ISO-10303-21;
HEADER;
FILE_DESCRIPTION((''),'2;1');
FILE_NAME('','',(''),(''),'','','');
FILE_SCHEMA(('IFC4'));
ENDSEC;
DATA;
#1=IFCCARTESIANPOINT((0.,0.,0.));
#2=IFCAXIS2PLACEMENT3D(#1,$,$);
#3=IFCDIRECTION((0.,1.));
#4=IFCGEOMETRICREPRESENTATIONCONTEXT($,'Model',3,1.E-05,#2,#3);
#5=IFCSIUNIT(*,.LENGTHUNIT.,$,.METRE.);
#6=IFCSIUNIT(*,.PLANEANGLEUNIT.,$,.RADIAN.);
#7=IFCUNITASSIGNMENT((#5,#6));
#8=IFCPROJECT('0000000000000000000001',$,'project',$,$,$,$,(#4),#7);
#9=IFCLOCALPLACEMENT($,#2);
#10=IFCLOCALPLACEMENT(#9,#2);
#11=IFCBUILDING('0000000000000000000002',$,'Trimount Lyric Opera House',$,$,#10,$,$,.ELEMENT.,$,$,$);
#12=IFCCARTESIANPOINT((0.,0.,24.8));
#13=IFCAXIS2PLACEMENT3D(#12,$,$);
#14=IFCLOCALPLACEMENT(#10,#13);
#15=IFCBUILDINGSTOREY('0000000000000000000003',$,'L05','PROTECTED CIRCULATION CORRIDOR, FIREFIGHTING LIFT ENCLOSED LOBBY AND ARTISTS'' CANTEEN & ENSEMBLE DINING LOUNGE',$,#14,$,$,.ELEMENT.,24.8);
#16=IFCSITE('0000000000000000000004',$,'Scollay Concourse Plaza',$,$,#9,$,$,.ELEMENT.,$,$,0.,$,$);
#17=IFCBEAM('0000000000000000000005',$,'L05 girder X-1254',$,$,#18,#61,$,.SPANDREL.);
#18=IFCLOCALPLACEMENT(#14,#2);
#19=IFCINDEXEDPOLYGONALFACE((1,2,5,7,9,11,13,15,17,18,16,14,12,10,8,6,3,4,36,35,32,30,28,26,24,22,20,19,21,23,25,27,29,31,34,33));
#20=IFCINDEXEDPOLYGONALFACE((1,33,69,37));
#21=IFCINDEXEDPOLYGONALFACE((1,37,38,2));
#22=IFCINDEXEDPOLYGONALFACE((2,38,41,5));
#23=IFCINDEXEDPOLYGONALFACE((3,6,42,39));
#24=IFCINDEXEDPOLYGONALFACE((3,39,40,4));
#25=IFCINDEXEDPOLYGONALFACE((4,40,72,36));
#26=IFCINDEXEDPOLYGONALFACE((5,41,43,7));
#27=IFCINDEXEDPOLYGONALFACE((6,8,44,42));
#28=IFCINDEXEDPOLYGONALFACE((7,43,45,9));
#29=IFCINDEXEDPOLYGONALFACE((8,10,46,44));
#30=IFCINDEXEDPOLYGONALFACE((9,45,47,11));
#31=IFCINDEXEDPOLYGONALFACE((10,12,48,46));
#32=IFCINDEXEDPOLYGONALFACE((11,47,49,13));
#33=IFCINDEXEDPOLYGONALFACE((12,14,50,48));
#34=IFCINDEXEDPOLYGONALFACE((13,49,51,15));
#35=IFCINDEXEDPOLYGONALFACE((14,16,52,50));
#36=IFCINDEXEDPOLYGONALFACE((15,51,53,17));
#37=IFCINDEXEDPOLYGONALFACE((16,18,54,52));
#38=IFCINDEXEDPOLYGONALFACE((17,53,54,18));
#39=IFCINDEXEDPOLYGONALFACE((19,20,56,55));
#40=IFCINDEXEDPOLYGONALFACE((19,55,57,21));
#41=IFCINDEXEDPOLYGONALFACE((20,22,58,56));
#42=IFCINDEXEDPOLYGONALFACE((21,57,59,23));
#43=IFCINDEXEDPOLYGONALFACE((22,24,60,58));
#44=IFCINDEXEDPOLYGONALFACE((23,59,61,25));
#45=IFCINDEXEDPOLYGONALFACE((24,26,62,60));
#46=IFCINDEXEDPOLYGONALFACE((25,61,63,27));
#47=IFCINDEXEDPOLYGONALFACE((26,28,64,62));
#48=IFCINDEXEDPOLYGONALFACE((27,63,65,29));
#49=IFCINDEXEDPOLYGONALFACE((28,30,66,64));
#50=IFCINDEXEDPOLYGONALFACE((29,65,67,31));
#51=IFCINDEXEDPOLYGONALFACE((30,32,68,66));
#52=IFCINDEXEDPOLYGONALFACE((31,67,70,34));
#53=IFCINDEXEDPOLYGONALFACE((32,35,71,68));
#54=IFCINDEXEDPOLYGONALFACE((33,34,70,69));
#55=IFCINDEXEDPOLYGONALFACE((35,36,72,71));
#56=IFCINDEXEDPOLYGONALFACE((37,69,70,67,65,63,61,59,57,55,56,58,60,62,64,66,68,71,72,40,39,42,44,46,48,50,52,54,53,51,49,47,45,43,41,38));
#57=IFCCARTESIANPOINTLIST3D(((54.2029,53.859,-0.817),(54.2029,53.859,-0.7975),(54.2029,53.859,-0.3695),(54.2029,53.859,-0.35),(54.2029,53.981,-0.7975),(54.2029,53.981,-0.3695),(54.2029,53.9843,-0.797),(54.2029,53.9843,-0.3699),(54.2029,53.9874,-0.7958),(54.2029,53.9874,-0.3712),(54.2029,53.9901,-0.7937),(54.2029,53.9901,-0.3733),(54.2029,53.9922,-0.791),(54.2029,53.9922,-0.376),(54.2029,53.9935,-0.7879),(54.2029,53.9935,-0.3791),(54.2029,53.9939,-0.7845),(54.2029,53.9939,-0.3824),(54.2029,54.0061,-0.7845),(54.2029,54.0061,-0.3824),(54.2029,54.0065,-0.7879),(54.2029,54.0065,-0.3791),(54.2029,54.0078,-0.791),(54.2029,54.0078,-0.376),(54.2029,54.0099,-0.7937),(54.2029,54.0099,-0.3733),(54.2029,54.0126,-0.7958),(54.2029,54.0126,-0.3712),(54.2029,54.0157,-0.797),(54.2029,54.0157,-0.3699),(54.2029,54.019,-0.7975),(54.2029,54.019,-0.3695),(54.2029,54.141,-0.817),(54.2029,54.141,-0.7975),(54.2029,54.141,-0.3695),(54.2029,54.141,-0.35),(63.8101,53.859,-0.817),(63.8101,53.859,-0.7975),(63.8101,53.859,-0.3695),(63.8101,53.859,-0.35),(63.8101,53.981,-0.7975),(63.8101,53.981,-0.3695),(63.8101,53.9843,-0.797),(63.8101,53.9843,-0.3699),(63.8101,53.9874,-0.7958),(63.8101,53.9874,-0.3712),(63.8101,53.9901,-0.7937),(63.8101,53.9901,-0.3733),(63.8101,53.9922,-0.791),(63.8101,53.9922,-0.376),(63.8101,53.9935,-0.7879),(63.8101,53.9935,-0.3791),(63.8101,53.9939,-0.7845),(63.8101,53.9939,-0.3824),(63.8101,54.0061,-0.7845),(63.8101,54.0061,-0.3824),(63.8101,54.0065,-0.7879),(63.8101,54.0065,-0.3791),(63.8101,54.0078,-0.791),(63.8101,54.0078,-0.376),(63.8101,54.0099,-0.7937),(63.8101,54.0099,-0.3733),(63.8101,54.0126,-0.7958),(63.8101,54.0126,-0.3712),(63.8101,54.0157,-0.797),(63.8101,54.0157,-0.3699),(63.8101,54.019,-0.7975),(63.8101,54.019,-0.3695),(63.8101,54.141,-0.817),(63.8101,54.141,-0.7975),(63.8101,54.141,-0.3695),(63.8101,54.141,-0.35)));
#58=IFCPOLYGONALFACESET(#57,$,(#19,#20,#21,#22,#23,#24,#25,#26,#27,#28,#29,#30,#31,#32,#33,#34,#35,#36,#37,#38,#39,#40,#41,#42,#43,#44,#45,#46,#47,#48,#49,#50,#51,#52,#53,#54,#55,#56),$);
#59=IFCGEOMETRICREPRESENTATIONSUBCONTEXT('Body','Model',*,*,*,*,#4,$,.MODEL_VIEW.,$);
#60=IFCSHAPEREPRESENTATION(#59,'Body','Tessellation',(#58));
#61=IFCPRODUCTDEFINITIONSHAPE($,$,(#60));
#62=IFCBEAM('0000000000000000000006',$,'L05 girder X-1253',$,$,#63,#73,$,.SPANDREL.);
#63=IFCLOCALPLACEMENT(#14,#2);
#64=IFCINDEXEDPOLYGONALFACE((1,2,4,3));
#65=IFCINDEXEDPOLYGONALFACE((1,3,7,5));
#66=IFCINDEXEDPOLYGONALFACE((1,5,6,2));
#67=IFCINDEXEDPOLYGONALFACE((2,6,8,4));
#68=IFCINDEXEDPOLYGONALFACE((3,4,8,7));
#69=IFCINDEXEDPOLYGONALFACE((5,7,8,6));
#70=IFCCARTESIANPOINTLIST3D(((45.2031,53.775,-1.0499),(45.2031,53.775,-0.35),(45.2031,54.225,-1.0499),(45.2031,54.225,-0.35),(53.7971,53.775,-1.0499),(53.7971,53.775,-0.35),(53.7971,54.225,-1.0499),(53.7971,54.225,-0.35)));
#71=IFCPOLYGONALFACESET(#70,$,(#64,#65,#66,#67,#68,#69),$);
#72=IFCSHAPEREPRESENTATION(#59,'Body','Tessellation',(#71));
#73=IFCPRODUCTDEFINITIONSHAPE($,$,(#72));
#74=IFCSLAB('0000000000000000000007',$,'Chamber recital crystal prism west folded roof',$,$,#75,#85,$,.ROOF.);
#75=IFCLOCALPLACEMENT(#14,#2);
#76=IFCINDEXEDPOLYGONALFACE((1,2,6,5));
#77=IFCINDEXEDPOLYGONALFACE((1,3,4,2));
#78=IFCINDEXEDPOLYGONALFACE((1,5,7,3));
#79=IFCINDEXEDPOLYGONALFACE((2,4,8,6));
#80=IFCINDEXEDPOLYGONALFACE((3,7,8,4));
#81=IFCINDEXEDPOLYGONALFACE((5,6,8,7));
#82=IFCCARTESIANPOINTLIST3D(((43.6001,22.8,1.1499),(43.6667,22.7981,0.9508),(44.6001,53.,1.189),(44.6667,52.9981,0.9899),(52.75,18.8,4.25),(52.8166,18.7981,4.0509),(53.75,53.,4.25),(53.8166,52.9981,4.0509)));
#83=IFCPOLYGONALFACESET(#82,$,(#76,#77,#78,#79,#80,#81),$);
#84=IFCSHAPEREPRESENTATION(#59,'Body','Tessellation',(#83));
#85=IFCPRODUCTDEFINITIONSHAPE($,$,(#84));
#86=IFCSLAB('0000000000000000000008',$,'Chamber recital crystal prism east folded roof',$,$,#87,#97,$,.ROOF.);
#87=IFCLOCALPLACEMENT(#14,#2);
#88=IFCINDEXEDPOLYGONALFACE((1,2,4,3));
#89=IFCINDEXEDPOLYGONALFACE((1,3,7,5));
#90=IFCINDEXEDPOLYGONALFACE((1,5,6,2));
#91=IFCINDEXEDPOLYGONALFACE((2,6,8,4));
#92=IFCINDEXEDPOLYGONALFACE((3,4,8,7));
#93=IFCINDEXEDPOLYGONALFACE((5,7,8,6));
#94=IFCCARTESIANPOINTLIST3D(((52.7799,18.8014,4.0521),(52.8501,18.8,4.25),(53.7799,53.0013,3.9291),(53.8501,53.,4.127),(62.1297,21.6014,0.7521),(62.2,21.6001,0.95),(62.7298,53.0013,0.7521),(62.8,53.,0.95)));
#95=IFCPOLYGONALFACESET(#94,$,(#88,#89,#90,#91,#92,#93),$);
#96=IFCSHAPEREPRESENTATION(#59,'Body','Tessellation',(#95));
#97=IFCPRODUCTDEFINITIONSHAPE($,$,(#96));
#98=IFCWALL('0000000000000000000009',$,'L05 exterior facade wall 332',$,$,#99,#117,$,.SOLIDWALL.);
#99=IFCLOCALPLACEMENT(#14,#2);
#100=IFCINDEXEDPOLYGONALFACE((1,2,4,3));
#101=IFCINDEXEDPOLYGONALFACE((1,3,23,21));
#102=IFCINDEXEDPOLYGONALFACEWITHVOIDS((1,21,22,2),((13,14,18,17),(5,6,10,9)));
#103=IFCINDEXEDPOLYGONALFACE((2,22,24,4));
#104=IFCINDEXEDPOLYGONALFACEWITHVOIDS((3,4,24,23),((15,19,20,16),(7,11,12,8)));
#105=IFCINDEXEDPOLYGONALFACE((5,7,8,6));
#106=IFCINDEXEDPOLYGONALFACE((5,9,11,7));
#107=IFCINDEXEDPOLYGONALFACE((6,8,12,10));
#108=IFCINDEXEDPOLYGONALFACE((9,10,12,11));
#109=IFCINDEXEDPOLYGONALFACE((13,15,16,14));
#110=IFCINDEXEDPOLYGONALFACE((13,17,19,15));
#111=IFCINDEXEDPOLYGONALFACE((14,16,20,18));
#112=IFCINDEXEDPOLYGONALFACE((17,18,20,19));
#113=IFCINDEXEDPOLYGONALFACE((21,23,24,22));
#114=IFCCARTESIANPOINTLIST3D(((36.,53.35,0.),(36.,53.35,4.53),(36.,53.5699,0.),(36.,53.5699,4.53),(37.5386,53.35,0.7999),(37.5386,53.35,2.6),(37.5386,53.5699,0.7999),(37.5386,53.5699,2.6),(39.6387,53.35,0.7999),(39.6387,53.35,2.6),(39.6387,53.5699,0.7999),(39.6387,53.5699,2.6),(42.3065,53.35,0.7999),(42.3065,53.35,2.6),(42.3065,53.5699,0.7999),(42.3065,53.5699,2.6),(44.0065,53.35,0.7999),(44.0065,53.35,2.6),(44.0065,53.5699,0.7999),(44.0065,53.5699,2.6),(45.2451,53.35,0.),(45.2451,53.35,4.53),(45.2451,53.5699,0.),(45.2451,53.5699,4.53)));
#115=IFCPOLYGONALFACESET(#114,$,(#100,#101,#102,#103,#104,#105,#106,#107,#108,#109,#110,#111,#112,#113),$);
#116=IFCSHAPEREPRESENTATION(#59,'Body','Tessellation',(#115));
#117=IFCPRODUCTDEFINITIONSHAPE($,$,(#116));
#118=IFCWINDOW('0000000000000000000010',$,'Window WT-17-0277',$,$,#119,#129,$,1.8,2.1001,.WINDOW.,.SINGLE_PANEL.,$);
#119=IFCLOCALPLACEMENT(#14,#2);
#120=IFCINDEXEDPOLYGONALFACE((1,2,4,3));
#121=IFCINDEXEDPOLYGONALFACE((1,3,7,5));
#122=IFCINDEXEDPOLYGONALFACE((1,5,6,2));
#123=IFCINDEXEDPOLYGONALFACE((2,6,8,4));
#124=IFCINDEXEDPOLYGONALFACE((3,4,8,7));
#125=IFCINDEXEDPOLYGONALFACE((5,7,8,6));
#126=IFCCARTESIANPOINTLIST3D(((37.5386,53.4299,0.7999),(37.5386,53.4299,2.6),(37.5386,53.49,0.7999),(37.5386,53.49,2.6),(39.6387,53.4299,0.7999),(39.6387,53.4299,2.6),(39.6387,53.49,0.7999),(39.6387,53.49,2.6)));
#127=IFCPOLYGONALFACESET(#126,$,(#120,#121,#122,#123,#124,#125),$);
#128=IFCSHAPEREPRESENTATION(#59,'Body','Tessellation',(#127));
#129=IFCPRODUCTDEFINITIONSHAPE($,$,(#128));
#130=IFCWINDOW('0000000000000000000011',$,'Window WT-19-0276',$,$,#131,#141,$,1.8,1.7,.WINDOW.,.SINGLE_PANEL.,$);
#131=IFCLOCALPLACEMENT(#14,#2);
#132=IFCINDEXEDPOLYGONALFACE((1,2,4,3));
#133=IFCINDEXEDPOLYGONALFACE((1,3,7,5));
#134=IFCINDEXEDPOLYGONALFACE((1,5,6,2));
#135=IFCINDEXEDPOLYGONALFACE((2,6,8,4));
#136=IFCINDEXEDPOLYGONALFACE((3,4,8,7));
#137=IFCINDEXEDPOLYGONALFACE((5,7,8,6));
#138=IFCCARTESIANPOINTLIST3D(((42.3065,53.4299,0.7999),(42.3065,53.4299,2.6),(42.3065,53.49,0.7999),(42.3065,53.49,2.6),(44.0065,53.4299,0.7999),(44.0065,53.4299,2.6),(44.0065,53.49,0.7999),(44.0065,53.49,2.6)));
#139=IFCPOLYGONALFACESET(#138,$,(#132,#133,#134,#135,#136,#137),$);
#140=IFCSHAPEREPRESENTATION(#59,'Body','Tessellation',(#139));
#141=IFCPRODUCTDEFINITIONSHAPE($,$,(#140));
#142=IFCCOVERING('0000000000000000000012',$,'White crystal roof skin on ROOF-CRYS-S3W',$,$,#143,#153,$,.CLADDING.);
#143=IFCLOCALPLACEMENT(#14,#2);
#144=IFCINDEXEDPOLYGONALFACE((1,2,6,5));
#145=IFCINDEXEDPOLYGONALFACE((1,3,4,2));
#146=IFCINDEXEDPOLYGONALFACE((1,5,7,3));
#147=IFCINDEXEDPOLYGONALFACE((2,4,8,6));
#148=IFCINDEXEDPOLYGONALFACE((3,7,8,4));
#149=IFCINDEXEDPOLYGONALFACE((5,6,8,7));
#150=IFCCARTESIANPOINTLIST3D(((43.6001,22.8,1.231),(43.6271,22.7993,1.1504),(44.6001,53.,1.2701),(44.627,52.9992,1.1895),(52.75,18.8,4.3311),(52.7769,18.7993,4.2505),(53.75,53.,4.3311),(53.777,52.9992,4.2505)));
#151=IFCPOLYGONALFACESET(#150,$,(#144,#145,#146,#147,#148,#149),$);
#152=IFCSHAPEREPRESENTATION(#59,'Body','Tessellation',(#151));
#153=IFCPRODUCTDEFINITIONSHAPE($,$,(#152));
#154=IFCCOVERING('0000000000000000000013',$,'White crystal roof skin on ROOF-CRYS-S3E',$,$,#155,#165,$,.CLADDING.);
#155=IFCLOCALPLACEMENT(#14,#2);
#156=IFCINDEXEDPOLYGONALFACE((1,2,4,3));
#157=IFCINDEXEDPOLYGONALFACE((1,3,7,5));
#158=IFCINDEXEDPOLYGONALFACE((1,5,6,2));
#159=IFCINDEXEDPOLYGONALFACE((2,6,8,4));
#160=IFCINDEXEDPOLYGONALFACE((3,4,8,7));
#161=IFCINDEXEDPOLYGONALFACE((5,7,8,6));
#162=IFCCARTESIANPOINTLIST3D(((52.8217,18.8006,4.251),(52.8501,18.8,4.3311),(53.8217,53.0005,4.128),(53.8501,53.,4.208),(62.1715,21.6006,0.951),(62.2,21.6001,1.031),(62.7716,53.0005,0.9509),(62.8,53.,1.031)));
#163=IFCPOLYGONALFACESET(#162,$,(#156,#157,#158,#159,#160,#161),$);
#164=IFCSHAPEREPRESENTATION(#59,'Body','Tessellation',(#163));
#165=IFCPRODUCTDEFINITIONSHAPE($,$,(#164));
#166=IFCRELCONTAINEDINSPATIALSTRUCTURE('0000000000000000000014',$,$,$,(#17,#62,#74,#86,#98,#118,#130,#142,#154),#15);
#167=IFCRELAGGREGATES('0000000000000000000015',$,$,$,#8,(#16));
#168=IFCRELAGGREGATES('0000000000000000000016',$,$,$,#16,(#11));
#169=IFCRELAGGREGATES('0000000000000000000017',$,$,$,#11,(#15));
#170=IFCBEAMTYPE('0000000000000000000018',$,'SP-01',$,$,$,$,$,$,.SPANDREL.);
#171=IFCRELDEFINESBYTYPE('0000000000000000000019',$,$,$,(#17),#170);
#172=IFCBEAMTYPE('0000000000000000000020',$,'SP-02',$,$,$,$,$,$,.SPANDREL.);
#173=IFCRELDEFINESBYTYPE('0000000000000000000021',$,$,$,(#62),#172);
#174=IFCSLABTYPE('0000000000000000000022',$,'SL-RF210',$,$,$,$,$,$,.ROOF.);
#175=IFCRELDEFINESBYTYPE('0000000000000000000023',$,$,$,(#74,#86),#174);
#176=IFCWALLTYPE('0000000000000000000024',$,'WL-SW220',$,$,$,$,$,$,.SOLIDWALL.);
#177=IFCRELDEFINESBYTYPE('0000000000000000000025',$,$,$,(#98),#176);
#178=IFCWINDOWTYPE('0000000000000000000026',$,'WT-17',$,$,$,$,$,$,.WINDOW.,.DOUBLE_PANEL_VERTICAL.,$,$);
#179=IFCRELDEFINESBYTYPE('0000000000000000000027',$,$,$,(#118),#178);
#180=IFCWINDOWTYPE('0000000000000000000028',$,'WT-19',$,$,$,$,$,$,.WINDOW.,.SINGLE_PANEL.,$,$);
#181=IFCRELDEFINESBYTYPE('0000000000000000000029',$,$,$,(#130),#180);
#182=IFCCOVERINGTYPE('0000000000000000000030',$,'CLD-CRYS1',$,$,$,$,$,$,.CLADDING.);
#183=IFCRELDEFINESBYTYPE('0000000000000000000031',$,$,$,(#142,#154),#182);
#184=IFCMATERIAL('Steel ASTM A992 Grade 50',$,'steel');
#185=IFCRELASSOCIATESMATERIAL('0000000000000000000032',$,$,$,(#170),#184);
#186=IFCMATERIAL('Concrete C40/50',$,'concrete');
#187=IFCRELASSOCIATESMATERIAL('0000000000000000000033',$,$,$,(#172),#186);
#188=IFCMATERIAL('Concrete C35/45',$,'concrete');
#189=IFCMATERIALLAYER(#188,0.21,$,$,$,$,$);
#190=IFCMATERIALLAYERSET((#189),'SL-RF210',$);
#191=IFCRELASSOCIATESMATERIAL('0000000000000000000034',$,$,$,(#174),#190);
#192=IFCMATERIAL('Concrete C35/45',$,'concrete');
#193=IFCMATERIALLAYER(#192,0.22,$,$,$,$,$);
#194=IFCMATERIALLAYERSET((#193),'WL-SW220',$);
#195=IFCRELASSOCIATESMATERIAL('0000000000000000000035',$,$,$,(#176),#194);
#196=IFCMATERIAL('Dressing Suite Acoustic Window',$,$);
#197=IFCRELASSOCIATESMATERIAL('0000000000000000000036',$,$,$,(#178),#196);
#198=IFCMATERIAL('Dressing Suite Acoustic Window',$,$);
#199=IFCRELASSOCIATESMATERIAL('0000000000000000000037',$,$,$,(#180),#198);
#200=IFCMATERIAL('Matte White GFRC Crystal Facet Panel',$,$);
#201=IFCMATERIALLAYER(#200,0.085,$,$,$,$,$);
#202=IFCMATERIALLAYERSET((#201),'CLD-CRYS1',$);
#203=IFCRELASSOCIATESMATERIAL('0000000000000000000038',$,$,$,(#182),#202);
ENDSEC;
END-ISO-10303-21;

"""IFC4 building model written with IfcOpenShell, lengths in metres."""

from ifc_helpers import new_model, si_unit, direction, frame, frame_2d, origin, origin_2d, place, context, subcontext, project, spatial, polyline, rectangle, i_section, outline, extrude, material, layer, layer_set, material_profile, profile_set, type_object, element, fill, save


model = new_model("IFC4")

# Units and contexts
model_context = context("Model", 3, precision=1e-05, world=origin(), true_north=direction((0.0, 1.0)))
body_context = subcontext(model_context, "Body", "Model", "MODEL_VIEW")
ifc_project = project(units=[si_unit("LENGTHUNIT", "METRE"), si_unit("PLANEANGLEUNIT", "RADIAN")], contexts=[model_context])

# Site, building, storey
site_placement = place(None, origin())
site = spatial("IfcSite", under=ifc_project, at=site_placement, Name="Scollay Concourse Plaza", CompositionType="ELEMENT", RefElevation=0.0)
building_placement = place(site_placement, origin())
building = spatial("IfcBuilding", under=site, at=building_placement, Name="Trimount Lyric Opera House", CompositionType="ELEMENT")
storey_placement = place(building_placement, frame((0.0, 0.0, 24.8)))
storey = spatial("IfcBuildingStorey", under=building, at=storey_placement, Name="L05", Description="PROTECTED CIRCULATION CORRIDOR, FIREFIGHTING LIFT ENCLOSED LOBBY AND ARTISTS' CANTEEN & ENSEMBLE DINING LOUNGE", CompositionType="ELEMENT", Elevation=24.8)

# Beams
ifc_material_1 = material(Name="Steel ASTM A992 Grade 50", Category="steel")
ifc_material_profile_1 = material_profile(ifc_material_1, i_section(OverallWidth=0.282, OverallDepth=0.467, WebThickness=0.0122, FlangeThickness=0.0195, FilletRadius=0.0129, at=origin_2d()), Name="W18X86")
ifc_profile_set_1 = profile_set([ifc_material_profile_1], Name="Steel ASTM A992 Grade 50")
beam_type_1 = type_object("IfcBeamType", Name="SP-01", PredefinedType="SPANDREL", material=ifc_profile_set_1)
beam_1_placement = place(storey_placement, frame((54.2029, 54.0, -0.5835), z_axis=(1.0, 0.0, 0.0), x_axis=(0.0, 1.0, 0.0)))
element("IfcBeam", 1, at=beam_1_placement, inside=storey, type_object=beam_type_1, Name="L05 girder X-1254", PredefinedType="SPANDREL", context=body_context, shape_type="SweptSolid", body=[
    extrude(i_section(OverallWidth=0.282, OverallDepth=0.467, WebThickness=0.0122, FlangeThickness=0.0195, FilletRadius=0.0129, at=origin_2d()), origin(), (0.0, 0.0, 1.0), 9.6072),
])
ifc_material_2 = material(Name="Concrete C40/50", Category="concrete")
ifc_material_profile_2 = material_profile(ifc_material_2, rectangle(XDim=0.45, YDim=0.7, at=origin_2d()), Name="RC450X700")
ifc_profile_set_2 = profile_set([ifc_material_profile_2], Name="Concrete C40/50")
beam_type_2 = type_object("IfcBeamType", Name="SP-02", PredefinedType="SPANDREL", material=ifc_profile_set_2)
beam_2_placement = place(storey_placement, frame((45.2031, 54.0, -0.7), z_axis=(1.0, 0.0, 0.0), x_axis=(0.0, 1.0, 0.0)))
element("IfcBeam", 2, at=beam_2_placement, inside=storey, type_object=beam_type_2, Name="L05 girder X-1253", PredefinedType="SPANDREL", context=body_context, shape_type="SweptSolid", body=[
    extrude(rectangle(XDim=0.45, YDim=0.7, at=origin_2d()), origin(), (0.0, 0.0, 1.0), 8.594),
])

# Slabs
ifc_material_3 = material(Name="Concrete C35/45", Category="concrete")
ifc_layer_1 = layer(ifc_material_3, 0.21)
ifc_layer_set_1 = layer_set([ifc_layer_1], Name="SL-RF210")
slab_type = type_object("IfcSlabType", Name="SL-RF210", PredefinedType="ROOF", material=ifc_layer_set_1)
slab_1_placement = place(storey_placement, frame((43.6001, 22.8, 1.1499), z_axis=(-0.317243, 0.009277, 0.948299), x_axis=(0.875072, -0.38255, 0.296488)))
element("IfcSlab", 3, at=slab_1_placement, inside=storey, type_object=slab_type, Name="Chamber recital crystal prism west folded roof", PredefinedType="ROOF", context=body_context, shape_type="SweptSolid", body=[
    extrude(outline(polyline([(0.0, 0.0), (10.4562, 0.0), (-1.7519, 31.9625), (-10.6663, 28.2713), (0.0, 0.0)])), origin(), (0.0, 0.0, -1.0), 0.21),
])
slab_2_placement = place(storey_placement, frame((52.8501, 18.8, 4.25), z_axis=(0.33452, -0.006392, 0.942367), x_axis=(0.907496, 0.271772, -0.320298)))
element("IfcSlab", 4, at=slab_2_placement, inside=storey, type_object=slab_type, Name="Chamber recital crystal prism east folded roof", PredefinedType="ROOF", context=body_context, shape_type="SweptSolid", body=[
    extrude(outline(polyline([(0.0, 0.0), (10.3029, 0.0), (19.3811, 30.0649), (10.2415, 32.646), (0.0, 0.0)])), origin(), (0.0, 0.0, -1.0), 0.21),
])

# Wall, openings, windows
ifc_material_4 = material(Name="Concrete C35/45", Category="concrete")
ifc_layer_2 = layer(ifc_material_4, 0.22)
ifc_layer_set_2 = layer_set([ifc_layer_2], Name="WL-SW220")
wall_type = type_object("IfcWallType", Name="WL-SW220", PredefinedType="SOLIDWALL", material=ifc_layer_set_2)
wall_placement = place(storey_placement, frame((45.2451, 53.46, 0.0), z_axis=(0.0, 0.0, 1.0), x_axis=(-1.0, 0.0, 0.0)))
wall = element("IfcWall", 5, at=wall_placement, inside=storey, type_object=wall_type, Name="L05 exterior facade wall 332", PredefinedType="SOLIDWALL", context=body_context, shape_type="SweptSolid", body=[
    extrude(rectangle(XDim=9.2451, YDim=0.22, at=frame_2d((4.6226, 0.0))), origin(), (0.0, 0.0, 1.0), 4.53),
])
opening_1_placement = place(wall_placement, frame((1.2385, 0.0, 0.8)))
opening_1 = element("IfcOpeningElement", 6, at=opening_1_placement, cuts=wall, PredefinedType="OPENING", context=body_context, shape_type="SweptSolid", body=[
    extrude(rectangle(XDim=1.7, YDim=1.8, at=frame_2d((0.8501, 0.8999))), frame((0.0, 0.1201, 0.0), z_axis=(0.0, -1.0, 0.0), x_axis=(1.0, 0.0, 0.0)), (0.0, 0.0, 1.0), 0.24),
])
opening_2_placement = place(wall_placement, frame((5.6064, 0.0, 0.8)))
opening_2 = element("IfcOpeningElement", 7, at=opening_2_placement, cuts=wall, PredefinedType="OPENING", context=body_context, shape_type="SweptSolid", body=[
    extrude(rectangle(XDim=2.1001, YDim=1.8, at=frame_2d((1.05, 0.8999))), frame((0.0, 0.1201, 0.0), z_axis=(0.0, -1.0, 0.0), x_axis=(1.0, 0.0, 0.0)), (0.0, 0.0, 1.0), 0.24),
])
ifc_material_5 = material(Name="Dressing Suite Acoustic Window")
window_type_1 = type_object("IfcWindowType", Name="WT-17", PartitioningType="DOUBLE_PANEL_VERTICAL", PredefinedType="WINDOW", material=ifc_material_5)
window_1_placement = place(opening_2_placement, origin())
window_1 = element("IfcWindow", 8, at=window_1_placement, inside=storey, type_object=window_type_1, Name="Window WT-17-0277", OverallHeight=1.8, OverallWidth=2.1001, PartitioningType="SINGLE_PANEL", PredefinedType="WINDOW", context=body_context, shape_type="SweptSolid", body=[
    extrude(rectangle(XDim=2.1001, YDim=1.8, at=frame_2d((1.05, 0.8999))), frame((0.0, 0.03, 0.0), z_axis=(0.0, -1.0, 0.0), x_axis=(1.0, 0.0, 0.0)), (0.0, 0.0, 1.0), 0.0601),
])
fill(opening_2, window_1)
ifc_material_6 = material(Name="Dressing Suite Acoustic Window")
window_type_2 = type_object("IfcWindowType", Name="WT-19", PartitioningType="SINGLE_PANEL", PredefinedType="WINDOW", material=ifc_material_6)
window_2_placement = place(opening_1_placement, origin())
window_2 = element("IfcWindow", 9, at=window_2_placement, inside=storey, type_object=window_type_2, Name="Window WT-19-0276", OverallHeight=1.8, OverallWidth=1.7, PartitioningType="SINGLE_PANEL", PredefinedType="WINDOW", context=body_context, shape_type="SweptSolid", body=[
    extrude(rectangle(XDim=1.7, YDim=1.8, at=frame_2d((0.8501, 0.8999))), frame((0.0, 0.03, 0.0), z_axis=(0.0, -1.0, 0.0), x_axis=(1.0, 0.0, 0.0)), (0.0, 0.0, 1.0), 0.0601),
])
fill(opening_1, window_2)

# Coverings
ifc_material_7 = material(Name="Matte White GFRC Crystal Facet Panel")
ifc_layer_3 = layer(ifc_material_7, 0.085)
ifc_layer_set_3 = layer_set([ifc_layer_3], Name="CLD-CRYS1")
covering_type = type_object("IfcCoveringType", Name="CLD-CRYS1", PredefinedType="CLADDING", material=ifc_layer_set_3)
covering_1_placement = place(storey_placement, frame((43.6001, 22.8, 1.231), z_axis=(-0.317243, 0.009277, 0.948299), x_axis=(0.875072, -0.38255, 0.296488)))
element("IfcCovering", 10, at=covering_1_placement, inside=storey, type_object=covering_type, Name="White crystal roof skin on ROOF-CRYS-S3W", PredefinedType="CLADDING", context=body_context, shape_type="SweptSolid", body=[
    extrude(outline(polyline([(0.0, 0.0), (10.4562, 0.0), (-1.7519, 31.9625), (-10.6663, 28.2713), (0.0, 0.0)])), origin(), (0.0, 0.0, -1.0), 0.085),
])
covering_2_placement = place(storey_placement, frame((52.8501, 18.8, 4.3311), z_axis=(0.33452, -0.006392, 0.942367), x_axis=(0.907496, 0.271772, -0.320298)))
element("IfcCovering", 11, at=covering_2_placement, inside=storey, type_object=covering_type, Name="White crystal roof skin on ROOF-CRYS-S3E", PredefinedType="CLADDING", context=body_context, shape_type="SweptSolid", body=[
    extrude(outline(polyline([(0.0, 0.0), (10.3029, 0.0), (19.3811, 30.0649), (10.2415, 32.646), (0.0, 0.0)])), origin(), (0.0, 0.0, -1.0), 0.085),
])

save(model, "model.ifc")
